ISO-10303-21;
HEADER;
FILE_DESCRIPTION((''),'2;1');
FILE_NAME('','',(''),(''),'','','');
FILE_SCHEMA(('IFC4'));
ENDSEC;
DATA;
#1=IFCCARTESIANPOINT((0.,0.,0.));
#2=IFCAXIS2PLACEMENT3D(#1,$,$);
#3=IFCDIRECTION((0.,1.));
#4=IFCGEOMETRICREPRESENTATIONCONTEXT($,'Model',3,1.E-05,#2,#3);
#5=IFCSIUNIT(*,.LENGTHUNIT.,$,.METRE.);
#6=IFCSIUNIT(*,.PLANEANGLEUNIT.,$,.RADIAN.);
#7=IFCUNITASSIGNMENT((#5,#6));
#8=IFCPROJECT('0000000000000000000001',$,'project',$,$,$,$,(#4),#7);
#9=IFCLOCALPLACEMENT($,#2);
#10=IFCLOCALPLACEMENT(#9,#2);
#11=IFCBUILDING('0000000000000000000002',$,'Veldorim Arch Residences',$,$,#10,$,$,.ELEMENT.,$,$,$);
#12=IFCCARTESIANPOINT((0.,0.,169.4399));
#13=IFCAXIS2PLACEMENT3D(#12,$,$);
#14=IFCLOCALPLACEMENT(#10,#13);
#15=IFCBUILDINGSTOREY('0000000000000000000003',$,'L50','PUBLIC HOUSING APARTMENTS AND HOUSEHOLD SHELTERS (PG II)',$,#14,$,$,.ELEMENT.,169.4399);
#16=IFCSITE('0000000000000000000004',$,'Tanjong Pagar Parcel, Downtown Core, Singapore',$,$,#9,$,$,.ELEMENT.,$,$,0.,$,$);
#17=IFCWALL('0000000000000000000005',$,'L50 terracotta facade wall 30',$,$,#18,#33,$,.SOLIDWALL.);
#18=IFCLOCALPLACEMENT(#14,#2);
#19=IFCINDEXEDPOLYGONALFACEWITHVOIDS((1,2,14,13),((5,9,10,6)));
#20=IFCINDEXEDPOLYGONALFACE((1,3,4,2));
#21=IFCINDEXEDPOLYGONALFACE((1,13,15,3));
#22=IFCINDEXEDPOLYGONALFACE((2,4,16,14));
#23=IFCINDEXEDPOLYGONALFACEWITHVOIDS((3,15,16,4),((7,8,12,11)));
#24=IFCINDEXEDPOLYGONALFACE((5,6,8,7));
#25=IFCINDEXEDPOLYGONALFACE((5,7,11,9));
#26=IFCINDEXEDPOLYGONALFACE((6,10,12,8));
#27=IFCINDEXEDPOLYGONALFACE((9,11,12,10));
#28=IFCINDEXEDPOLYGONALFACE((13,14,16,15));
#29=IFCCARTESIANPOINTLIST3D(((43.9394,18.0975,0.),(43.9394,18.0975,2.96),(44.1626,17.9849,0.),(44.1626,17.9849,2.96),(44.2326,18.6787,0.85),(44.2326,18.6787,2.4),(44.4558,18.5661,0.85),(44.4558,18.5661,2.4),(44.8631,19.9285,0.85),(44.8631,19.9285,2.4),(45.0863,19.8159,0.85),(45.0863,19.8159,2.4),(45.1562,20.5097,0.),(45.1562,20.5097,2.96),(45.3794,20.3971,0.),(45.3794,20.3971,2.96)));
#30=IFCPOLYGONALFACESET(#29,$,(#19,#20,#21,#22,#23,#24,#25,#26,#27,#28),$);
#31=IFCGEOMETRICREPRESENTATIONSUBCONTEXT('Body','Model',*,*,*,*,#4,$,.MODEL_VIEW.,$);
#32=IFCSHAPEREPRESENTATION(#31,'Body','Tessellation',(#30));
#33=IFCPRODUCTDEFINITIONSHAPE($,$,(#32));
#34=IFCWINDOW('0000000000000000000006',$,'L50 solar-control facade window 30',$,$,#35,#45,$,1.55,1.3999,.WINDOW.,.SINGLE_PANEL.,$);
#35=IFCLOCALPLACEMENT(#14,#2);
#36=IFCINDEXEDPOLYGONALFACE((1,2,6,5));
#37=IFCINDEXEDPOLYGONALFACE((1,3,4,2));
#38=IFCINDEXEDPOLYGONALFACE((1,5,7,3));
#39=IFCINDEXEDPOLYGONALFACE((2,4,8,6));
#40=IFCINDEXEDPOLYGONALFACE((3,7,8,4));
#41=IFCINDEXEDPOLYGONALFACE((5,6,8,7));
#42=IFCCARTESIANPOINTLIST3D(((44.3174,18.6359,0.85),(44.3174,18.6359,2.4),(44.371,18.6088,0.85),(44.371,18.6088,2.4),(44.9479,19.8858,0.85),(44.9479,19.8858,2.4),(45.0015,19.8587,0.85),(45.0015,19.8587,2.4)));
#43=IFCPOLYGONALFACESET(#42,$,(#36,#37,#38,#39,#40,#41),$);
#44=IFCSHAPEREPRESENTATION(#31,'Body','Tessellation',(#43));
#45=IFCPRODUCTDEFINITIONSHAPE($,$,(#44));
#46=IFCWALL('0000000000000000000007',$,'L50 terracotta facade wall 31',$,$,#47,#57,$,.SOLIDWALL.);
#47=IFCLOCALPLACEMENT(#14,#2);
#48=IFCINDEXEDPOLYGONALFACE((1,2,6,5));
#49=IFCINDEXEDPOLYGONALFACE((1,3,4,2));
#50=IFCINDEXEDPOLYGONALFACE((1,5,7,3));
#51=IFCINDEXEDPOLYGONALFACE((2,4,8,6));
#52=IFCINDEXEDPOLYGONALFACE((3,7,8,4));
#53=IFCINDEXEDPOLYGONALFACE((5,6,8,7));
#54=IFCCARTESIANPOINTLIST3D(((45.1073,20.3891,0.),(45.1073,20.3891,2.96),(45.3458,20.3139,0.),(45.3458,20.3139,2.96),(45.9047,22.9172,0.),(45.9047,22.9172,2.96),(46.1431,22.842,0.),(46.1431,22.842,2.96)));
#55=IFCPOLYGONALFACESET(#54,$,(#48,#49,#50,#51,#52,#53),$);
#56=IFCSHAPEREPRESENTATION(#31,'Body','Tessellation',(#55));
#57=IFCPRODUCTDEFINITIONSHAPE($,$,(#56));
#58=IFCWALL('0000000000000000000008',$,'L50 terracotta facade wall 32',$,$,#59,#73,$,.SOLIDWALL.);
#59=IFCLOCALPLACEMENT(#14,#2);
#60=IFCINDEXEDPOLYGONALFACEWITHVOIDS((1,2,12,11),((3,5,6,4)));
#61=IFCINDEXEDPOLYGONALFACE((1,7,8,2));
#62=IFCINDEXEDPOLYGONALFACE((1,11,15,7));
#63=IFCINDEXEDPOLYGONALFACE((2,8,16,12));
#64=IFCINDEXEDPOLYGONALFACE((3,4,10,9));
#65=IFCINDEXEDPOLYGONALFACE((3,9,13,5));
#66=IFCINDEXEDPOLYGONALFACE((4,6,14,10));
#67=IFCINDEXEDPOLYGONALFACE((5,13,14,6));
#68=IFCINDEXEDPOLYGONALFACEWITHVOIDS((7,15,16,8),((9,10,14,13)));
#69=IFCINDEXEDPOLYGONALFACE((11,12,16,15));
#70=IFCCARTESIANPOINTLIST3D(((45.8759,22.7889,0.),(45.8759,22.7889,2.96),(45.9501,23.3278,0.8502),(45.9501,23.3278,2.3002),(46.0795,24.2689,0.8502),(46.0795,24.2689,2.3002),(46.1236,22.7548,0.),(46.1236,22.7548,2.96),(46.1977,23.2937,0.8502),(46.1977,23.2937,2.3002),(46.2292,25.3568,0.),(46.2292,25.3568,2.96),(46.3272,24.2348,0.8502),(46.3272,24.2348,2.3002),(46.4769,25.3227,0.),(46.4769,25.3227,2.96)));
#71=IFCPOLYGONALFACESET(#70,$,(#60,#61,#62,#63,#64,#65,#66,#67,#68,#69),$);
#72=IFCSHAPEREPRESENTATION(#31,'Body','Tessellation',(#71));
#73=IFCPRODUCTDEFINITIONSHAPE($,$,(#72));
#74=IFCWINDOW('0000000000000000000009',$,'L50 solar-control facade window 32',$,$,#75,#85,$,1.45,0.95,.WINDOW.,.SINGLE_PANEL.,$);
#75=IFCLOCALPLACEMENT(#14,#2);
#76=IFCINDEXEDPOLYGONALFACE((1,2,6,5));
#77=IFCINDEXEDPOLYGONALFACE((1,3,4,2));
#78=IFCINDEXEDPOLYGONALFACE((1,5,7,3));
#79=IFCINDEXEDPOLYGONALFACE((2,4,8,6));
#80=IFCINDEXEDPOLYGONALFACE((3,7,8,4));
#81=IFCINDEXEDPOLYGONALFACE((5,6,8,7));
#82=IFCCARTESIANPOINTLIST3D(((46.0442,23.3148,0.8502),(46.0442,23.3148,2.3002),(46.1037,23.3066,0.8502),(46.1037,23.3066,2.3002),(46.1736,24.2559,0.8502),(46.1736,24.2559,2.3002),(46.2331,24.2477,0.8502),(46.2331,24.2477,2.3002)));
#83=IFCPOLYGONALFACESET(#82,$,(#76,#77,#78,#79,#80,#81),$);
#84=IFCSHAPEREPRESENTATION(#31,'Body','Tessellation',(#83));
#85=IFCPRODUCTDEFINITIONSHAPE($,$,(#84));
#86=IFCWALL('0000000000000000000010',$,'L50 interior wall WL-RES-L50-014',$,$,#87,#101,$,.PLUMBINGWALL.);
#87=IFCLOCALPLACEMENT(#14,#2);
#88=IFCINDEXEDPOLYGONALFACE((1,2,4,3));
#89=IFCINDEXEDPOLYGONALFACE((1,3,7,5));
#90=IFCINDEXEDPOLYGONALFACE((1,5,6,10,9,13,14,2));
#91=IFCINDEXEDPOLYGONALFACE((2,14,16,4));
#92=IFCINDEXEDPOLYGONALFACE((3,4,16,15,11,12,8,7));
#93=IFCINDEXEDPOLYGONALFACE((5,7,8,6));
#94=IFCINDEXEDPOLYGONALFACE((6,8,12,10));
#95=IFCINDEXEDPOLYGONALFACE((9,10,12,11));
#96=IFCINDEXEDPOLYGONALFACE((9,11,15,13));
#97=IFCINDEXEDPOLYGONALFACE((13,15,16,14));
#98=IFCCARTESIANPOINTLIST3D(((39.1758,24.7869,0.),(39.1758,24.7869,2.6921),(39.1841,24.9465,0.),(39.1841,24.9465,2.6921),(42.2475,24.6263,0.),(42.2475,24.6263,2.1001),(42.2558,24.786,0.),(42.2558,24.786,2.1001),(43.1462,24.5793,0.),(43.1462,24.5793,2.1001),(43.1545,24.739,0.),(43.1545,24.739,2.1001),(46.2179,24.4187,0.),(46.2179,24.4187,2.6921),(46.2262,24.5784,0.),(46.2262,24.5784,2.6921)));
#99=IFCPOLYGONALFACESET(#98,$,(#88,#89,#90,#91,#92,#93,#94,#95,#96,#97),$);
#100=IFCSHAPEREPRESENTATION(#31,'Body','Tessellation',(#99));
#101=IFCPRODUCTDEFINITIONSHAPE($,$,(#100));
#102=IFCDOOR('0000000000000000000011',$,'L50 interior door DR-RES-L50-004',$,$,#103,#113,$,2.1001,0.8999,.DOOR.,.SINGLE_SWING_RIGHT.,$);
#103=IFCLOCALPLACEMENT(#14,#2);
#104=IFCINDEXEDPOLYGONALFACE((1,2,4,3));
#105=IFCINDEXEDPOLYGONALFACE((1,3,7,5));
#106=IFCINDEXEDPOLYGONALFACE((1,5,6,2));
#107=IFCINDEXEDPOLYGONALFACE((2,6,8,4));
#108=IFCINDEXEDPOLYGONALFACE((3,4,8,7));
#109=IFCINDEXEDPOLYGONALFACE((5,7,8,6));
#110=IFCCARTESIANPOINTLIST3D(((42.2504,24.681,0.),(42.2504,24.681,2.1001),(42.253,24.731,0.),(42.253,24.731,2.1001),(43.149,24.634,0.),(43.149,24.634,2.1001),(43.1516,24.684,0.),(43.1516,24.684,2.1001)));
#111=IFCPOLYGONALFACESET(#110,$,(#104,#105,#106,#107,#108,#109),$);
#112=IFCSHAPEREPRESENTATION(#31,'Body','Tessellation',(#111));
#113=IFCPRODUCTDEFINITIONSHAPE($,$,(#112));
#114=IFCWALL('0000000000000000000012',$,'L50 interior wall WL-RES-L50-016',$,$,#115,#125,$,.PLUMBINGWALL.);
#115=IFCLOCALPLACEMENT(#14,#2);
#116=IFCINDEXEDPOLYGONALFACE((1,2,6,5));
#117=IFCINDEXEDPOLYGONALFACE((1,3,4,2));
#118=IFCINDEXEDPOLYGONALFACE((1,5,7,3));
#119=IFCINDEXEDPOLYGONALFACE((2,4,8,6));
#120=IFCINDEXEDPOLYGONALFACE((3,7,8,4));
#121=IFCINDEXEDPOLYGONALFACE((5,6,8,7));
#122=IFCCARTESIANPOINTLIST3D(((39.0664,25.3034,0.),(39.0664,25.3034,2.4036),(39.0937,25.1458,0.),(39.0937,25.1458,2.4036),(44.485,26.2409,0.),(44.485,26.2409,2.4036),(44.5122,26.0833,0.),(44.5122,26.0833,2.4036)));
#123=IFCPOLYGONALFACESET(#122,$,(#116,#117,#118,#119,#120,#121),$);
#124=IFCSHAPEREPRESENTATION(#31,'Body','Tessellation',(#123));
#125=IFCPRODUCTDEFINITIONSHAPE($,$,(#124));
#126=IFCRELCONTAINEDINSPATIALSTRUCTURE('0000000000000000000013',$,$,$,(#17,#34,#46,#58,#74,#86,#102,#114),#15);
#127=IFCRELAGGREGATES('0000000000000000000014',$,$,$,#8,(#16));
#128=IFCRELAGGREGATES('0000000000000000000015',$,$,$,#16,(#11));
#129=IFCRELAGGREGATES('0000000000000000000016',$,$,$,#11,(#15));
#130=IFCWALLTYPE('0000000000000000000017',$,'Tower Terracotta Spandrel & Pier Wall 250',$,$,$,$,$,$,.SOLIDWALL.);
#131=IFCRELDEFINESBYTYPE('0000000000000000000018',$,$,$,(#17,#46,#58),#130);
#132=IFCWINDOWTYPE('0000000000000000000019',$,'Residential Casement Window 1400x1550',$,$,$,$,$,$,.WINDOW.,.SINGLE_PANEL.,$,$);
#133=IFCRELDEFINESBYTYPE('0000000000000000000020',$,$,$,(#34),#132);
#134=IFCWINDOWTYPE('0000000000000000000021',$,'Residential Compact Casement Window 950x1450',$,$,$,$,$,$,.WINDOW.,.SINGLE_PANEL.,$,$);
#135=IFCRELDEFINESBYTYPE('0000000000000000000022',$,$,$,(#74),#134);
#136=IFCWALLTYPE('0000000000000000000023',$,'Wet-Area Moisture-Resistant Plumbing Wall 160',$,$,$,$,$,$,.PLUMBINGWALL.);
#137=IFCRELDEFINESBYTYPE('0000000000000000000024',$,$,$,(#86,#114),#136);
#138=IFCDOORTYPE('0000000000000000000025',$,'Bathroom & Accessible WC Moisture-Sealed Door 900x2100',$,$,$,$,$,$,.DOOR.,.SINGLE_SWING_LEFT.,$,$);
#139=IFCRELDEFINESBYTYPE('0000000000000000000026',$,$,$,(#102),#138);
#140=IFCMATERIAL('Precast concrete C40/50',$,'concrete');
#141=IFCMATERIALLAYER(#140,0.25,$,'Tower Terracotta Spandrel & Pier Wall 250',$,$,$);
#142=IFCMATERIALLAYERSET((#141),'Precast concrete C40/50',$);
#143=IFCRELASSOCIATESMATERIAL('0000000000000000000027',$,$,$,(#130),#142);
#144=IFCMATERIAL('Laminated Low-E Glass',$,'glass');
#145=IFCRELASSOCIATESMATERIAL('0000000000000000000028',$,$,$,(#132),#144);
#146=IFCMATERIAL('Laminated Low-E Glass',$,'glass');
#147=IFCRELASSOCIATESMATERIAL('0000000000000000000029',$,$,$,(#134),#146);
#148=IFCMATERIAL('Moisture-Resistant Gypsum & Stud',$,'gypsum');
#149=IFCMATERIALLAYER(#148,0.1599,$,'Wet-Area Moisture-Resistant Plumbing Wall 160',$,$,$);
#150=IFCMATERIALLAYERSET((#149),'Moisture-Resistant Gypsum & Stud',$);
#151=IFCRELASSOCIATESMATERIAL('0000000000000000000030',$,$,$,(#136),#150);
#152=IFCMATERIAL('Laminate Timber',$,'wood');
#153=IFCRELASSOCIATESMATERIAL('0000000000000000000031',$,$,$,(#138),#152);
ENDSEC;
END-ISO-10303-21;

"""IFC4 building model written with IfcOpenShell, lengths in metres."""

from ifc_helpers import new_model, si_unit, direction, frame, frame_2d, origin, place, context, subcontext, project, spatial, rectangle, extrude, material, layer, layer_set, type_object, element, fill, save


model = new_model("IFC4")

# Units and contexts
model_context = context("Model", 3, precision=1e-05, world=origin(), true_north=direction((0.0, 1.0)))
body_context = subcontext(model_context, "Body", "Model", "MODEL_VIEW")
ifc_project = project(units=[si_unit("LENGTHUNIT", "METRE"), si_unit("PLANEANGLEUNIT", "RADIAN")], contexts=[model_context])

# Site, building, storey
site_placement = place(None, origin())
site = spatial("IfcSite", under=ifc_project, at=site_placement, Name="Tanjong Pagar Parcel, Downtown Core, Singapore", CompositionType="ELEMENT", RefElevation=0.0)
building_placement = place(site_placement, origin())
building = spatial("IfcBuilding", under=site, at=building_placement, Name="Veldorim Arch Residences", CompositionType="ELEMENT")
storey_placement = place(building_placement, frame((0.0, 0.0, 169.4399)))
storey = spatial("IfcBuildingStorey", under=building, at=storey_placement, Name="L50", Description="PUBLIC HOUSING APARTMENTS AND HOUSEHOLD SHELTERS (PG II)", CompositionType="ELEMENT", Elevation=169.4399)

# Shared definitions
ifc_material_1 = material(Name="Precast concrete C40/50", Category="concrete")
ifc_layer_1 = layer(ifc_material_1, 0.25, Name="Tower Terracotta Spandrel & Pier Wall 250")
ifc_layer_set_1 = layer_set([ifc_layer_1], Name="Precast concrete C40/50")
wall_type_1 = type_object("IfcWallType", Name="Tower Terracotta Spandrel & Pier Wall 250", PredefinedType="SOLIDWALL", material=ifc_layer_set_1)

# Wall, opening, window
wall_1_placement = place(storey_placement, frame((45.2678, 20.4534, 0.0), z_axis=(0.0, 0.0, 1.0), x_axis=(-0.450392, -0.892831, 0.0)))
wall_1 = element("IfcWall", 1, at=wall_1_placement, inside=storey, type_object=wall_type_1, Name="L50 terracotta facade wall 30", PredefinedType="SOLIDWALL", context=body_context, shape_type="SweptSolid", body=[
    extrude(rectangle(XDim=2.7017, YDim=0.25, at=frame_2d((1.3508, 0.0))), origin(), (0.0, 0.0, 1.0), 2.96),
])
opening_1_placement = place(wall_1_placement, frame((0.6509, 0.0, 0.8501)))
opening_1 = element("IfcOpeningElement", 2, at=opening_1_placement, cuts=wall_1, PredefinedType="OPENING", context=body_context, shape_type="SweptSolid", body=[
    extrude(rectangle(XDim=1.3999, YDim=1.55, at=frame_2d((0.7, 0.7749))), frame((0.0, 0.135, 0.0), z_axis=(0.0, -1.0, 0.0), x_axis=(1.0, 0.0, 0.0)), (0.0, 0.0, 1.0), 0.27),
])
ifc_material_2 = material(Name="Laminated Low-E Glass", Category="glass")
window_type_1 = type_object("IfcWindowType", Name="Residential Casement Window 1400x1550", PartitioningType="SINGLE_PANEL", PredefinedType="WINDOW", material=ifc_material_2)
window_1_placement = place(opening_1_placement, origin())
window_1 = element("IfcWindow", 3, at=window_1_placement, inside=storey, type_object=window_type_1, Name="L50 solar-control facade window 30", OverallHeight=1.55, OverallWidth=1.3999, PartitioningType="SINGLE_PANEL", PredefinedType="WINDOW", context=body_context, shape_type="SweptSolid", body=[
    extrude(rectangle(XDim=1.3999, YDim=1.55, at=frame_2d((0.7, 0.7749))), frame((0.0, 0.03, 0.0), z_axis=(0.0, -1.0, 0.0), x_axis=(1.0, 0.0, 0.0)), (0.0, 0.0, 1.0), 0.0601),
])
fill(opening_1, window_1)

# Wall
wall_2_placement = place(storey_placement, frame((46.0239, 22.8796, 0.0), z_axis=(0.0, 0.0, 1.0), x_axis=(-0.300796, -0.953688, 0.0)))
element("IfcWall", 4, at=wall_2_placement, inside=storey, type_object=wall_type_1, Name="L50 terracotta facade wall 31", PredefinedType="SOLIDWALL", context=body_context, shape_type="SweptSolid", body=[
    extrude(rectangle(XDim=2.6509, YDim=0.25, at=frame_2d((1.3254, 0.0))), origin(), (0.0, 0.0, 1.0), 2.96),
])

# Wall, opening, window
wall_3_placement = place(storey_placement, frame((46.353, 25.3396, 0.0), z_axis=(0.0, 0.0, 1.0), x_axis=(-0.13629, -0.990669, 0.0)))
wall_3 = element("IfcWall", 5, at=wall_3_placement, inside=storey, type_object=wall_type_1, Name="L50 terracotta facade wall 32", PredefinedType="SOLIDWALL", context=body_context, shape_type="SweptSolid", body=[
    extrude(rectangle(XDim=2.592, YDim=0.25, at=frame_2d((1.2959, 0.0))), origin(), (0.0, 0.0, 1.0), 2.96),
])
opening_2_placement = place(wall_3_placement, frame((1.0979, 0.0, 0.8501)))
opening_2 = element("IfcOpeningElement", 6, at=opening_2_placement, cuts=wall_3, PredefinedType="OPENING", context=body_context, shape_type="SweptSolid", body=[
    extrude(rectangle(XDim=0.95, YDim=1.45, at=frame_2d((0.4751, 0.7251))), frame((0.0, 0.135, 0.0), z_axis=(0.0, -1.0, 0.0), x_axis=(1.0, 0.0, 0.0)), (0.0, 0.0, 1.0), 0.27),
])
ifc_material_3 = material(Name="Laminated Low-E Glass", Category="glass")
window_type_2 = type_object("IfcWindowType", Name="Residential Compact Casement Window 950x1450", PartitioningType="SINGLE_PANEL", PredefinedType="WINDOW", material=ifc_material_3)
window_2_placement = place(opening_2_placement, origin())
window_2 = element("IfcWindow", 7, at=window_2_placement, inside=storey, type_object=window_type_2, Name="L50 solar-control facade window 32", OverallHeight=1.45, OverallWidth=0.95, PartitioningType="SINGLE_PANEL", PredefinedType="WINDOW", context=body_context, shape_type="SweptSolid", body=[
    extrude(rectangle(XDim=0.95, YDim=1.45, at=frame_2d((0.4751, 0.7251))), frame((0.0, 0.03, 0.0), z_axis=(0.0, -1.0, 0.0), x_axis=(1.0, 0.0, 0.0)), (0.0, 0.0, 1.0), 0.0601),
])
fill(opening_2, window_2)

# Wall, opening, door
ifc_material_4 = material(Name="Moisture-Resistant Gypsum & Stud", Category="gypsum")
ifc_layer_2 = layer(ifc_material_4, 0.1599, Name="Wet-Area Moisture-Resistant Plumbing Wall 160")
ifc_layer_set_2 = layer_set([ifc_layer_2], Name="Moisture-Resistant Gypsum & Stud")
wall_type_2 = type_object("IfcWallType", Name="Wet-Area Moisture-Resistant Plumbing Wall 160", PredefinedType="PLUMBINGWALL", material=ifc_layer_set_2)
wall_4_placement = place(storey_placement, frame((39.1799, 24.8667, 0.0), z_axis=(0.0, 0.0, 1.0), x_axis=(0.998636, -0.052208, 0.0)))
wall_4 = element("IfcWall", 8, at=wall_4_placement, inside=storey, type_object=wall_type_2, Name="L50 interior wall WL-RES-L50-014", PredefinedType="PLUMBINGWALL", context=body_context, shape_type="SweptSolid", body=[
    extrude(rectangle(XDim=7.0518, YDim=0.1599, at=frame_2d((3.5259, 0.0))), origin(), (0.0, 0.0, 1.0), 2.6921),
])
opening_3_placement = place(wall_4_placement, frame((3.0759, 0.0, 0.0)))
opening_3 = element("IfcOpeningElement", 9, at=opening_3_placement, cuts=wall_4, PredefinedType="OPENING", context=body_context, shape_type="SweptSolid", body=[
    extrude(rectangle(XDim=0.8999, YDim=2.1001, at=frame_2d((0.45, 1.05))), frame((0.0, 0.0898, 0.0), z_axis=(0.0, -1.0, 0.0), x_axis=(1.0, 0.0, 0.0)), (0.0, 0.0, 1.0), 0.1799),
])
ifc_material_5 = material(Name="Laminate Timber", Category="wood")
door_type_1 = type_object("IfcDoorType", Name="Bathroom & Accessible WC Moisture-Sealed Door 900x2100", OperationType="SINGLE_SWING_LEFT", PredefinedType="DOOR", material=ifc_material_5)
door_1_placement = place(opening_3_placement, origin())
door_1 = element("IfcDoor", 10, at=door_1_placement, inside=storey, type_object=door_type_1, Name="L50 interior door DR-RES-L50-004", OperationType="SINGLE_SWING_RIGHT", OverallHeight=2.1001, OverallWidth=0.8999, PredefinedType="DOOR", context=body_context, shape_type="SweptSolid", body=[
    extrude(rectangle(XDim=0.8999, YDim=2.1001, at=frame_2d((0.45, 1.05))), frame((0.0, 0.0249, 0.0), z_axis=(0.0, -1.0, 0.0), x_axis=(1.0, 0.0, 0.0)), (0.0, 0.0, 1.0), 0.05),
])
fill(opening_3, door_1)

# Wall
wall_5_placement = place(storey_placement, frame((39.0801, 25.2246, 0.0), z_axis=(0.0, 0.0, 1.0), x_axis=(0.98536, 0.170487, 0.0)))
element("IfcWall", 11, at=wall_5_placement, inside=storey, type_object=wall_type_2, Name="L50 interior wall WL-RES-L50-016", PredefinedType="PLUMBINGWALL", context=body_context, shape_type="SweptSolid", body=[
    extrude(rectangle(XDim=5.499, YDim=0.1599, at=frame_2d((2.7495, 0.0))), origin(), (0.0, 0.0, 1.0), 2.4036),
])

save(model, "model.ifc")
